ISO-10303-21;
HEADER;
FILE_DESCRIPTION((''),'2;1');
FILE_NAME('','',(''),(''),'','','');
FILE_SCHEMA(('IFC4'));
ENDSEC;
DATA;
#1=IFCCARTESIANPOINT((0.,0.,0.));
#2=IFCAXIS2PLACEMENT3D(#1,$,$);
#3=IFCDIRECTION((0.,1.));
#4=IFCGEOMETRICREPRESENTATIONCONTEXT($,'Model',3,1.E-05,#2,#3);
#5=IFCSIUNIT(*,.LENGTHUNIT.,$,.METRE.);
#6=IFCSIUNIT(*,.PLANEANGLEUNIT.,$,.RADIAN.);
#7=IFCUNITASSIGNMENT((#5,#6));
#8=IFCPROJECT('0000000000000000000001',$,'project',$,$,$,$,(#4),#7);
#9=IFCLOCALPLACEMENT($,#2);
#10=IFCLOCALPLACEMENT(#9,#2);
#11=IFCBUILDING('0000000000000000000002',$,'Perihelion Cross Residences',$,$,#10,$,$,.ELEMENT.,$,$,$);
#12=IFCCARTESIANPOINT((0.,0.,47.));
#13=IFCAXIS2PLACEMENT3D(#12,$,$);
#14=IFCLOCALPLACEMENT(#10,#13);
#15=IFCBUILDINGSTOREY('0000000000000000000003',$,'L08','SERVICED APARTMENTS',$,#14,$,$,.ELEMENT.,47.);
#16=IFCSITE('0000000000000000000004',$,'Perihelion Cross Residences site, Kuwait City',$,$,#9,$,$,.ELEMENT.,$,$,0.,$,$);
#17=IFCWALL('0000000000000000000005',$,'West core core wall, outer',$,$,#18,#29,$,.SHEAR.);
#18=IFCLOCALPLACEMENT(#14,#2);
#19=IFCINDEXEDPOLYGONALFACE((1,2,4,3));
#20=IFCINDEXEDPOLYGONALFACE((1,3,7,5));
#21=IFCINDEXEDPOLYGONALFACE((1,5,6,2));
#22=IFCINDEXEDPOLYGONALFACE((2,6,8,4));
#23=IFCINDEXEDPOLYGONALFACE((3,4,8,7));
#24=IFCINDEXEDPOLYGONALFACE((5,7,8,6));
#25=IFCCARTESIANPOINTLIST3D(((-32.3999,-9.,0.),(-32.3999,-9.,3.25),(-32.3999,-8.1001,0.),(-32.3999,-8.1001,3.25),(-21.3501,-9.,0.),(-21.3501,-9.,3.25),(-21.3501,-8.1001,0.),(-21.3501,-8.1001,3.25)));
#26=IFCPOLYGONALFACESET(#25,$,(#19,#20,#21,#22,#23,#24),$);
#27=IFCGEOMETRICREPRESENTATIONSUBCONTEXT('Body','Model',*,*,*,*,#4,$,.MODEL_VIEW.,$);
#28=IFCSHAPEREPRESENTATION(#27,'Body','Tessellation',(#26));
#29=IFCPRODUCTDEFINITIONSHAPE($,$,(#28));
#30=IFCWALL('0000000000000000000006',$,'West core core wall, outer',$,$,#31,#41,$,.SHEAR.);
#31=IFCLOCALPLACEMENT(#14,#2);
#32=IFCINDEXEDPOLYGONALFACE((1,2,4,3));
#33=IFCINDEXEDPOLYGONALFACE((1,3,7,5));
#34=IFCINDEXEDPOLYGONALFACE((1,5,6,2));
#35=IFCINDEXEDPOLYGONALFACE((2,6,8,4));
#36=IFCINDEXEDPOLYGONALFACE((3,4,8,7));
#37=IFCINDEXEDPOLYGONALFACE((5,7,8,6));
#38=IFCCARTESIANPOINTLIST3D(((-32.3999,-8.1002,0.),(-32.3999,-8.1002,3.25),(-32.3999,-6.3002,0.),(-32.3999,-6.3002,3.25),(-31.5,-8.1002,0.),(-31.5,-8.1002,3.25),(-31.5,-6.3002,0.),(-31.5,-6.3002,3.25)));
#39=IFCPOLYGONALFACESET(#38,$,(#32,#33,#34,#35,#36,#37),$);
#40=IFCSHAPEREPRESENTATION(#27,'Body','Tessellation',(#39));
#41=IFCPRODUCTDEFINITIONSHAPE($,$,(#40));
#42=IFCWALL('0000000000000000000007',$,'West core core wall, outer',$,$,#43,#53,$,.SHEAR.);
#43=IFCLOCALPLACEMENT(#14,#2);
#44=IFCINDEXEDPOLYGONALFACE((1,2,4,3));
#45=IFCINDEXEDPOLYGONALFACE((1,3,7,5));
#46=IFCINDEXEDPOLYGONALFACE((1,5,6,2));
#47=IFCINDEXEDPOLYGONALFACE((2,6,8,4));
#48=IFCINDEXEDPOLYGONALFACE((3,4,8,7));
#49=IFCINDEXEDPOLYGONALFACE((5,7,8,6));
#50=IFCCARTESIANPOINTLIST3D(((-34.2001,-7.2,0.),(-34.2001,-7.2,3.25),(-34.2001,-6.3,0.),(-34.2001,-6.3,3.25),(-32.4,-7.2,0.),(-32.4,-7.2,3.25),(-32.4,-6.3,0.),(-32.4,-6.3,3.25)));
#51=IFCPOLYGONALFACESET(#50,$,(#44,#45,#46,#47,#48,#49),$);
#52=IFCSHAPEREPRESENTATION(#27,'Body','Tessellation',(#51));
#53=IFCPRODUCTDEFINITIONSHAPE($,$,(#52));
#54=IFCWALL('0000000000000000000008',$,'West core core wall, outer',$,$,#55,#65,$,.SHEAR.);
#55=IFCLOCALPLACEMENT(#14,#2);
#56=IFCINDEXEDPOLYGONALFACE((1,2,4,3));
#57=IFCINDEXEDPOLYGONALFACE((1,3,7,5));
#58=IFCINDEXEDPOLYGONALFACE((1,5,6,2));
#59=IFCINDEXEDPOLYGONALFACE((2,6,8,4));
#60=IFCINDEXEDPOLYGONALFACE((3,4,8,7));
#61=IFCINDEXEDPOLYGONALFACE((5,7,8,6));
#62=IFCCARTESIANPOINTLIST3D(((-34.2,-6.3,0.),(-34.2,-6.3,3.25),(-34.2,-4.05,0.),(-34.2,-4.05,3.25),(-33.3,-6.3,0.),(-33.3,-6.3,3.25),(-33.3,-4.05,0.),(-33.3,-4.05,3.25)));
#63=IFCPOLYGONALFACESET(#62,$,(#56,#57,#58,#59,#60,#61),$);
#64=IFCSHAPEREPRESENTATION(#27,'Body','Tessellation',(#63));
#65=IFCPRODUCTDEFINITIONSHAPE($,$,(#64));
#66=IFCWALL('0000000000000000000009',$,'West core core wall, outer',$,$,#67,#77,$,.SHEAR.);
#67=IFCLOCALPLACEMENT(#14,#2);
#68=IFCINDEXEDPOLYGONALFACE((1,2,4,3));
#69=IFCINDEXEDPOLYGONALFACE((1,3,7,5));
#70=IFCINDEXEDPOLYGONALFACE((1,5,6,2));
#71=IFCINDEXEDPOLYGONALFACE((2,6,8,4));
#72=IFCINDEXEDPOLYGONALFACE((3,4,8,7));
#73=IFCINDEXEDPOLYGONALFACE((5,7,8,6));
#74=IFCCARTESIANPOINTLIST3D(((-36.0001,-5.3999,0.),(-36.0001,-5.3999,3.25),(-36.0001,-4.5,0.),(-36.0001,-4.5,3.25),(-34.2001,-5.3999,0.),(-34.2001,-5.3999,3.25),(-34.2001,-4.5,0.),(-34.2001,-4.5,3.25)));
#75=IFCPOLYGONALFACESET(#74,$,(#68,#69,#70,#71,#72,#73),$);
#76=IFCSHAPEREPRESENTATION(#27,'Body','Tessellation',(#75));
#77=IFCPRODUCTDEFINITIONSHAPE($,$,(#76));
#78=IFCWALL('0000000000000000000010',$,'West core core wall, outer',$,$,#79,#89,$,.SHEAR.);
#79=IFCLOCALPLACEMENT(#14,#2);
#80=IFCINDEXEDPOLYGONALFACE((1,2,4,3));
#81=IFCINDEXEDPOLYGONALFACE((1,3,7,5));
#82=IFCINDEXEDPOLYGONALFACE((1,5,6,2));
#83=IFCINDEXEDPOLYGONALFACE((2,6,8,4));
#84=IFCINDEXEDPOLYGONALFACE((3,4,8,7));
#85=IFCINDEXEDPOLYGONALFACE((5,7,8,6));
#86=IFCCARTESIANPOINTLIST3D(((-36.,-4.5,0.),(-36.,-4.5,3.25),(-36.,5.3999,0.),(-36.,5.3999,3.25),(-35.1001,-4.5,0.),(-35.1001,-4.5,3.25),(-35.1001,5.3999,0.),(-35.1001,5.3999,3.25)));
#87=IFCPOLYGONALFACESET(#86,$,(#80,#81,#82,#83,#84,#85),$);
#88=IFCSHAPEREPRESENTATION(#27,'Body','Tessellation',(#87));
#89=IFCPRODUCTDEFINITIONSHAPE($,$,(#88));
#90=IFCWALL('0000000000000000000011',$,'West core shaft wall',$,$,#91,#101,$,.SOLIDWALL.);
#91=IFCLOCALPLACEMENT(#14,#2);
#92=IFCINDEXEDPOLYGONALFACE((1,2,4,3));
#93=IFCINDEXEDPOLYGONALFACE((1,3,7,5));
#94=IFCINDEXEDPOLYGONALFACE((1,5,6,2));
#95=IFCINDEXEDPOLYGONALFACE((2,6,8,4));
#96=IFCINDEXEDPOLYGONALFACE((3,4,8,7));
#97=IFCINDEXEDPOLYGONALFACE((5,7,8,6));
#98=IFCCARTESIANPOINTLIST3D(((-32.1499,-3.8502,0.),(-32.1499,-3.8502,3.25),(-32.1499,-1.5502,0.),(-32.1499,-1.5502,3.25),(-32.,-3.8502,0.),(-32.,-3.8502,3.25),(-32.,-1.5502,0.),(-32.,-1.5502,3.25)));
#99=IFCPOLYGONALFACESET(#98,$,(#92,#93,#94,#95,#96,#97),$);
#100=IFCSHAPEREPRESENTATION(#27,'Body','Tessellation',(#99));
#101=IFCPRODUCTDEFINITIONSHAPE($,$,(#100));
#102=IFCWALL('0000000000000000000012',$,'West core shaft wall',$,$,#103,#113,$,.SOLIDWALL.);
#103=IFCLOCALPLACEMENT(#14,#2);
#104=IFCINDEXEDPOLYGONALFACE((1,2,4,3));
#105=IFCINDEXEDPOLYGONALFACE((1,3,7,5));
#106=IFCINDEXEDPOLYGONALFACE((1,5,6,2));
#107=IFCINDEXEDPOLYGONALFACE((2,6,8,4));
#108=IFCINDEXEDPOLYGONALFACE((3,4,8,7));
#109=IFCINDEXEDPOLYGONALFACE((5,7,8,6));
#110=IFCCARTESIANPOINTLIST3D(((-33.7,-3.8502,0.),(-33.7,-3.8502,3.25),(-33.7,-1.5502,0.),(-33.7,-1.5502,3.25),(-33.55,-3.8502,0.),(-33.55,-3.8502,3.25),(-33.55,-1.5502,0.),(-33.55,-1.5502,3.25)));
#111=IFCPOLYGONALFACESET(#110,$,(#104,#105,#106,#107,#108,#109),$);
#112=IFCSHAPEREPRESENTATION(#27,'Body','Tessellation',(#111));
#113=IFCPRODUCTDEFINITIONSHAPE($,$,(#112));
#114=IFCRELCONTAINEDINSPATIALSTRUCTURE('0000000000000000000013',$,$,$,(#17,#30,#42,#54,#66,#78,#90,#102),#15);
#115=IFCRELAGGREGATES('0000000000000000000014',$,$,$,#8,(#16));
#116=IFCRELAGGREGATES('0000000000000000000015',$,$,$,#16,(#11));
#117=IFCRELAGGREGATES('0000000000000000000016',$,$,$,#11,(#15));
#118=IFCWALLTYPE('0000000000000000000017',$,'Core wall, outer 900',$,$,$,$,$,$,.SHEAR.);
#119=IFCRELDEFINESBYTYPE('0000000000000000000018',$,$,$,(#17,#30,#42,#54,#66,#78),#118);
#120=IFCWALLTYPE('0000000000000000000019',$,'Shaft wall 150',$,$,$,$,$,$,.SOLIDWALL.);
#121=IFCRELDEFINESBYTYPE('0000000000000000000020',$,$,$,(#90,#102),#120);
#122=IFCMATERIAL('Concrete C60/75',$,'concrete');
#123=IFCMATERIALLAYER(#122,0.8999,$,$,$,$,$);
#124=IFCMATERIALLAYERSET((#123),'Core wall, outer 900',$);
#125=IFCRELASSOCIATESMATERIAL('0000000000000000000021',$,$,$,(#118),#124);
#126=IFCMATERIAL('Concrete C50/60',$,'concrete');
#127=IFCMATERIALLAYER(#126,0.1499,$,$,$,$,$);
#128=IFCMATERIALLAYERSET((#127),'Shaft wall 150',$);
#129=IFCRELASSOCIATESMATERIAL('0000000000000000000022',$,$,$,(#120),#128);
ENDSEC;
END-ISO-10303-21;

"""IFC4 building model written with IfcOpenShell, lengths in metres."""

from ifc_helpers import new_model, si_unit, direction, frame, frame_2d, origin, place, context, subcontext, project, spatial, rectangle, extrude, material, layer, layer_set, type_object, element, save


model = new_model("IFC4")

# Units and contexts
model_context = context("Model", 3, precision=1e-05, world=origin(), true_north=direction((0.0, 1.0)))
body_context = subcontext(model_context, "Body", "Model", "MODEL_VIEW")
ifc_project = project(units=[si_unit("LENGTHUNIT", "METRE"), si_unit("PLANEANGLEUNIT", "RADIAN")], contexts=[model_context])

# Site, building, storey
site_placement = place(None, origin())
site = spatial("IfcSite", under=ifc_project, at=site_placement, Name="Perihelion Cross Residences site, Kuwait City", CompositionType="ELEMENT", RefElevation=0.0)
building_placement = place(site_placement, origin())
building = spatial("IfcBuilding", under=site, at=building_placement, Name="Perihelion Cross Residences", CompositionType="ELEMENT")
storey_placement = place(building_placement, frame((0.0, 0.0, 47.0)))
storey = spatial("IfcBuildingStorey", under=building, at=storey_placement, Name="L08", Description="SERVICED APARTMENTS", CompositionType="ELEMENT", Elevation=47.0)

# Walls
ifc_material_1 = material(Name="Concrete C60/75", Category="concrete")
ifc_layer_1 = layer(ifc_material_1, 0.8999)
ifc_layer_set_1 = layer_set([ifc_layer_1], Name="Core wall, outer 900")
wall_type_1 = type_object("IfcWallType", Name="Core wall, outer 900", PredefinedType="SHEAR", material=ifc_layer_set_1)
wall_1_placement = place(storey_placement, frame((-32.3999, -8.55, 0.0), z_axis=(0.0, 0.0, 1.0), x_axis=(1.0, 0.0, 0.0)))
element("IfcWall", 1, at=wall_1_placement, inside=storey, type_object=wall_type_1, Name="West core core wall, outer", PredefinedType="SHEAR", context=body_context, shape_type="SweptSolid", body=[
    extrude(rectangle(XDim=11.0498, YDim=0.8999, at=frame_2d((5.5249, 0.0))), origin(), (0.0, 0.0, 1.0), 3.25),
])
for number, where, z_axis, x_axis, name in (
    (2, (-31.95, -8.1001, 0.0), (0.0, 0.0, 1.0), (0.0, 1.0, 0.0), "West core core wall, outer"),
    (3, (-34.2, -6.75, 0.0), (0.0, 0.0, 1.0), (1.0, 0.0, 0.0), "West core core wall, outer"),
):
    element("IfcWall", number, at=place(storey_placement, frame(where, z_axis=z_axis, x_axis=x_axis)), inside=storey, type_object=wall_type_1, Name=name, PredefinedType="SHEAR", context=body_context, shape_type="SweptSolid", body=[
        extrude(rectangle(XDim=1.8, YDim=0.8999, at=frame_2d((0.8999, 0.0))), origin(), (0.0, 0.0, 1.0), 3.25),
    ])
wall_2_placement = place(storey_placement, frame((-33.75, -6.3, 0.0), z_axis=(0.0, 0.0, 1.0), x_axis=(0.0, 1.0, 0.0)))
element("IfcWall", 4, at=wall_2_placement, inside=storey, type_object=wall_type_1, Name="West core core wall, outer", PredefinedType="SHEAR", context=body_context, shape_type="SweptSolid", body=[
    extrude(rectangle(XDim=2.25, YDim=0.8999, at=frame_2d((1.125, 0.0))), origin(), (0.0, 0.0, 1.0), 3.25),
])
wall_3_placement = place(storey_placement, frame((-36.0, -4.95, 0.0), z_axis=(0.0, 0.0, 1.0), x_axis=(1.0, 0.0, 0.0)))
element("IfcWall", 5, at=wall_3_placement, inside=storey, type_object=wall_type_1, Name="West core core wall, outer", PredefinedType="SHEAR", context=body_context, shape_type="SweptSolid", body=[
    extrude(rectangle(XDim=1.8, YDim=0.8999, at=frame_2d((0.8999, 0.0))), origin(), (0.0, 0.0, 1.0), 3.25),
])
wall_4_placement = place(storey_placement, frame((-35.55, -4.5, 0.0), z_axis=(0.0, 0.0, 1.0), x_axis=(0.0, 1.0, 0.0)))
element("IfcWall", 6, at=wall_4_placement, inside=storey, type_object=wall_type_1, Name="West core core wall, outer", PredefinedType="SHEAR", context=body_context, shape_type="SweptSolid", body=[
    extrude(rectangle(XDim=9.8999, YDim=0.8999, at=frame_2d((4.95, 0.0))), origin(), (0.0, 0.0, 1.0), 3.25),
])
ifc_material_2 = material(Name="Concrete C50/60", Category="concrete")
ifc_layer_2 = layer(ifc_material_2, 0.1499)
ifc_layer_set_2 = layer_set([ifc_layer_2], Name="Shaft wall 150")
wall_type_2 = type_object("IfcWallType", Name="Shaft wall 150", PredefinedType="SOLIDWALL", material=ifc_layer_set_2)
for number, where, z_axis, x_axis, name in (
    (7, (-32.075, -3.8501, 0.0), (0.0, 0.0, 1.0), (0.0, 1.0, 0.0), "West core shaft wall"),
    (8, (-33.625, -3.8501, 0.0), (0.0, 0.0, 1.0), (0.0, 1.0, 0.0), "West core shaft wall"),
):
    element("IfcWall", number, at=place(storey_placement, frame(where, z_axis=z_axis, x_axis=x_axis)), inside=storey, type_object=wall_type_2, Name=name, PredefinedType="SOLIDWALL", context=body_context, shape_type="SweptSolid", body=[
        extrude(rectangle(XDim=2.3, YDim=0.1499, at=frame_2d((1.1499, 0.0))), origin(), (0.0, 0.0, 1.0), 3.25),
    ])

save(model, "model.ifc")
